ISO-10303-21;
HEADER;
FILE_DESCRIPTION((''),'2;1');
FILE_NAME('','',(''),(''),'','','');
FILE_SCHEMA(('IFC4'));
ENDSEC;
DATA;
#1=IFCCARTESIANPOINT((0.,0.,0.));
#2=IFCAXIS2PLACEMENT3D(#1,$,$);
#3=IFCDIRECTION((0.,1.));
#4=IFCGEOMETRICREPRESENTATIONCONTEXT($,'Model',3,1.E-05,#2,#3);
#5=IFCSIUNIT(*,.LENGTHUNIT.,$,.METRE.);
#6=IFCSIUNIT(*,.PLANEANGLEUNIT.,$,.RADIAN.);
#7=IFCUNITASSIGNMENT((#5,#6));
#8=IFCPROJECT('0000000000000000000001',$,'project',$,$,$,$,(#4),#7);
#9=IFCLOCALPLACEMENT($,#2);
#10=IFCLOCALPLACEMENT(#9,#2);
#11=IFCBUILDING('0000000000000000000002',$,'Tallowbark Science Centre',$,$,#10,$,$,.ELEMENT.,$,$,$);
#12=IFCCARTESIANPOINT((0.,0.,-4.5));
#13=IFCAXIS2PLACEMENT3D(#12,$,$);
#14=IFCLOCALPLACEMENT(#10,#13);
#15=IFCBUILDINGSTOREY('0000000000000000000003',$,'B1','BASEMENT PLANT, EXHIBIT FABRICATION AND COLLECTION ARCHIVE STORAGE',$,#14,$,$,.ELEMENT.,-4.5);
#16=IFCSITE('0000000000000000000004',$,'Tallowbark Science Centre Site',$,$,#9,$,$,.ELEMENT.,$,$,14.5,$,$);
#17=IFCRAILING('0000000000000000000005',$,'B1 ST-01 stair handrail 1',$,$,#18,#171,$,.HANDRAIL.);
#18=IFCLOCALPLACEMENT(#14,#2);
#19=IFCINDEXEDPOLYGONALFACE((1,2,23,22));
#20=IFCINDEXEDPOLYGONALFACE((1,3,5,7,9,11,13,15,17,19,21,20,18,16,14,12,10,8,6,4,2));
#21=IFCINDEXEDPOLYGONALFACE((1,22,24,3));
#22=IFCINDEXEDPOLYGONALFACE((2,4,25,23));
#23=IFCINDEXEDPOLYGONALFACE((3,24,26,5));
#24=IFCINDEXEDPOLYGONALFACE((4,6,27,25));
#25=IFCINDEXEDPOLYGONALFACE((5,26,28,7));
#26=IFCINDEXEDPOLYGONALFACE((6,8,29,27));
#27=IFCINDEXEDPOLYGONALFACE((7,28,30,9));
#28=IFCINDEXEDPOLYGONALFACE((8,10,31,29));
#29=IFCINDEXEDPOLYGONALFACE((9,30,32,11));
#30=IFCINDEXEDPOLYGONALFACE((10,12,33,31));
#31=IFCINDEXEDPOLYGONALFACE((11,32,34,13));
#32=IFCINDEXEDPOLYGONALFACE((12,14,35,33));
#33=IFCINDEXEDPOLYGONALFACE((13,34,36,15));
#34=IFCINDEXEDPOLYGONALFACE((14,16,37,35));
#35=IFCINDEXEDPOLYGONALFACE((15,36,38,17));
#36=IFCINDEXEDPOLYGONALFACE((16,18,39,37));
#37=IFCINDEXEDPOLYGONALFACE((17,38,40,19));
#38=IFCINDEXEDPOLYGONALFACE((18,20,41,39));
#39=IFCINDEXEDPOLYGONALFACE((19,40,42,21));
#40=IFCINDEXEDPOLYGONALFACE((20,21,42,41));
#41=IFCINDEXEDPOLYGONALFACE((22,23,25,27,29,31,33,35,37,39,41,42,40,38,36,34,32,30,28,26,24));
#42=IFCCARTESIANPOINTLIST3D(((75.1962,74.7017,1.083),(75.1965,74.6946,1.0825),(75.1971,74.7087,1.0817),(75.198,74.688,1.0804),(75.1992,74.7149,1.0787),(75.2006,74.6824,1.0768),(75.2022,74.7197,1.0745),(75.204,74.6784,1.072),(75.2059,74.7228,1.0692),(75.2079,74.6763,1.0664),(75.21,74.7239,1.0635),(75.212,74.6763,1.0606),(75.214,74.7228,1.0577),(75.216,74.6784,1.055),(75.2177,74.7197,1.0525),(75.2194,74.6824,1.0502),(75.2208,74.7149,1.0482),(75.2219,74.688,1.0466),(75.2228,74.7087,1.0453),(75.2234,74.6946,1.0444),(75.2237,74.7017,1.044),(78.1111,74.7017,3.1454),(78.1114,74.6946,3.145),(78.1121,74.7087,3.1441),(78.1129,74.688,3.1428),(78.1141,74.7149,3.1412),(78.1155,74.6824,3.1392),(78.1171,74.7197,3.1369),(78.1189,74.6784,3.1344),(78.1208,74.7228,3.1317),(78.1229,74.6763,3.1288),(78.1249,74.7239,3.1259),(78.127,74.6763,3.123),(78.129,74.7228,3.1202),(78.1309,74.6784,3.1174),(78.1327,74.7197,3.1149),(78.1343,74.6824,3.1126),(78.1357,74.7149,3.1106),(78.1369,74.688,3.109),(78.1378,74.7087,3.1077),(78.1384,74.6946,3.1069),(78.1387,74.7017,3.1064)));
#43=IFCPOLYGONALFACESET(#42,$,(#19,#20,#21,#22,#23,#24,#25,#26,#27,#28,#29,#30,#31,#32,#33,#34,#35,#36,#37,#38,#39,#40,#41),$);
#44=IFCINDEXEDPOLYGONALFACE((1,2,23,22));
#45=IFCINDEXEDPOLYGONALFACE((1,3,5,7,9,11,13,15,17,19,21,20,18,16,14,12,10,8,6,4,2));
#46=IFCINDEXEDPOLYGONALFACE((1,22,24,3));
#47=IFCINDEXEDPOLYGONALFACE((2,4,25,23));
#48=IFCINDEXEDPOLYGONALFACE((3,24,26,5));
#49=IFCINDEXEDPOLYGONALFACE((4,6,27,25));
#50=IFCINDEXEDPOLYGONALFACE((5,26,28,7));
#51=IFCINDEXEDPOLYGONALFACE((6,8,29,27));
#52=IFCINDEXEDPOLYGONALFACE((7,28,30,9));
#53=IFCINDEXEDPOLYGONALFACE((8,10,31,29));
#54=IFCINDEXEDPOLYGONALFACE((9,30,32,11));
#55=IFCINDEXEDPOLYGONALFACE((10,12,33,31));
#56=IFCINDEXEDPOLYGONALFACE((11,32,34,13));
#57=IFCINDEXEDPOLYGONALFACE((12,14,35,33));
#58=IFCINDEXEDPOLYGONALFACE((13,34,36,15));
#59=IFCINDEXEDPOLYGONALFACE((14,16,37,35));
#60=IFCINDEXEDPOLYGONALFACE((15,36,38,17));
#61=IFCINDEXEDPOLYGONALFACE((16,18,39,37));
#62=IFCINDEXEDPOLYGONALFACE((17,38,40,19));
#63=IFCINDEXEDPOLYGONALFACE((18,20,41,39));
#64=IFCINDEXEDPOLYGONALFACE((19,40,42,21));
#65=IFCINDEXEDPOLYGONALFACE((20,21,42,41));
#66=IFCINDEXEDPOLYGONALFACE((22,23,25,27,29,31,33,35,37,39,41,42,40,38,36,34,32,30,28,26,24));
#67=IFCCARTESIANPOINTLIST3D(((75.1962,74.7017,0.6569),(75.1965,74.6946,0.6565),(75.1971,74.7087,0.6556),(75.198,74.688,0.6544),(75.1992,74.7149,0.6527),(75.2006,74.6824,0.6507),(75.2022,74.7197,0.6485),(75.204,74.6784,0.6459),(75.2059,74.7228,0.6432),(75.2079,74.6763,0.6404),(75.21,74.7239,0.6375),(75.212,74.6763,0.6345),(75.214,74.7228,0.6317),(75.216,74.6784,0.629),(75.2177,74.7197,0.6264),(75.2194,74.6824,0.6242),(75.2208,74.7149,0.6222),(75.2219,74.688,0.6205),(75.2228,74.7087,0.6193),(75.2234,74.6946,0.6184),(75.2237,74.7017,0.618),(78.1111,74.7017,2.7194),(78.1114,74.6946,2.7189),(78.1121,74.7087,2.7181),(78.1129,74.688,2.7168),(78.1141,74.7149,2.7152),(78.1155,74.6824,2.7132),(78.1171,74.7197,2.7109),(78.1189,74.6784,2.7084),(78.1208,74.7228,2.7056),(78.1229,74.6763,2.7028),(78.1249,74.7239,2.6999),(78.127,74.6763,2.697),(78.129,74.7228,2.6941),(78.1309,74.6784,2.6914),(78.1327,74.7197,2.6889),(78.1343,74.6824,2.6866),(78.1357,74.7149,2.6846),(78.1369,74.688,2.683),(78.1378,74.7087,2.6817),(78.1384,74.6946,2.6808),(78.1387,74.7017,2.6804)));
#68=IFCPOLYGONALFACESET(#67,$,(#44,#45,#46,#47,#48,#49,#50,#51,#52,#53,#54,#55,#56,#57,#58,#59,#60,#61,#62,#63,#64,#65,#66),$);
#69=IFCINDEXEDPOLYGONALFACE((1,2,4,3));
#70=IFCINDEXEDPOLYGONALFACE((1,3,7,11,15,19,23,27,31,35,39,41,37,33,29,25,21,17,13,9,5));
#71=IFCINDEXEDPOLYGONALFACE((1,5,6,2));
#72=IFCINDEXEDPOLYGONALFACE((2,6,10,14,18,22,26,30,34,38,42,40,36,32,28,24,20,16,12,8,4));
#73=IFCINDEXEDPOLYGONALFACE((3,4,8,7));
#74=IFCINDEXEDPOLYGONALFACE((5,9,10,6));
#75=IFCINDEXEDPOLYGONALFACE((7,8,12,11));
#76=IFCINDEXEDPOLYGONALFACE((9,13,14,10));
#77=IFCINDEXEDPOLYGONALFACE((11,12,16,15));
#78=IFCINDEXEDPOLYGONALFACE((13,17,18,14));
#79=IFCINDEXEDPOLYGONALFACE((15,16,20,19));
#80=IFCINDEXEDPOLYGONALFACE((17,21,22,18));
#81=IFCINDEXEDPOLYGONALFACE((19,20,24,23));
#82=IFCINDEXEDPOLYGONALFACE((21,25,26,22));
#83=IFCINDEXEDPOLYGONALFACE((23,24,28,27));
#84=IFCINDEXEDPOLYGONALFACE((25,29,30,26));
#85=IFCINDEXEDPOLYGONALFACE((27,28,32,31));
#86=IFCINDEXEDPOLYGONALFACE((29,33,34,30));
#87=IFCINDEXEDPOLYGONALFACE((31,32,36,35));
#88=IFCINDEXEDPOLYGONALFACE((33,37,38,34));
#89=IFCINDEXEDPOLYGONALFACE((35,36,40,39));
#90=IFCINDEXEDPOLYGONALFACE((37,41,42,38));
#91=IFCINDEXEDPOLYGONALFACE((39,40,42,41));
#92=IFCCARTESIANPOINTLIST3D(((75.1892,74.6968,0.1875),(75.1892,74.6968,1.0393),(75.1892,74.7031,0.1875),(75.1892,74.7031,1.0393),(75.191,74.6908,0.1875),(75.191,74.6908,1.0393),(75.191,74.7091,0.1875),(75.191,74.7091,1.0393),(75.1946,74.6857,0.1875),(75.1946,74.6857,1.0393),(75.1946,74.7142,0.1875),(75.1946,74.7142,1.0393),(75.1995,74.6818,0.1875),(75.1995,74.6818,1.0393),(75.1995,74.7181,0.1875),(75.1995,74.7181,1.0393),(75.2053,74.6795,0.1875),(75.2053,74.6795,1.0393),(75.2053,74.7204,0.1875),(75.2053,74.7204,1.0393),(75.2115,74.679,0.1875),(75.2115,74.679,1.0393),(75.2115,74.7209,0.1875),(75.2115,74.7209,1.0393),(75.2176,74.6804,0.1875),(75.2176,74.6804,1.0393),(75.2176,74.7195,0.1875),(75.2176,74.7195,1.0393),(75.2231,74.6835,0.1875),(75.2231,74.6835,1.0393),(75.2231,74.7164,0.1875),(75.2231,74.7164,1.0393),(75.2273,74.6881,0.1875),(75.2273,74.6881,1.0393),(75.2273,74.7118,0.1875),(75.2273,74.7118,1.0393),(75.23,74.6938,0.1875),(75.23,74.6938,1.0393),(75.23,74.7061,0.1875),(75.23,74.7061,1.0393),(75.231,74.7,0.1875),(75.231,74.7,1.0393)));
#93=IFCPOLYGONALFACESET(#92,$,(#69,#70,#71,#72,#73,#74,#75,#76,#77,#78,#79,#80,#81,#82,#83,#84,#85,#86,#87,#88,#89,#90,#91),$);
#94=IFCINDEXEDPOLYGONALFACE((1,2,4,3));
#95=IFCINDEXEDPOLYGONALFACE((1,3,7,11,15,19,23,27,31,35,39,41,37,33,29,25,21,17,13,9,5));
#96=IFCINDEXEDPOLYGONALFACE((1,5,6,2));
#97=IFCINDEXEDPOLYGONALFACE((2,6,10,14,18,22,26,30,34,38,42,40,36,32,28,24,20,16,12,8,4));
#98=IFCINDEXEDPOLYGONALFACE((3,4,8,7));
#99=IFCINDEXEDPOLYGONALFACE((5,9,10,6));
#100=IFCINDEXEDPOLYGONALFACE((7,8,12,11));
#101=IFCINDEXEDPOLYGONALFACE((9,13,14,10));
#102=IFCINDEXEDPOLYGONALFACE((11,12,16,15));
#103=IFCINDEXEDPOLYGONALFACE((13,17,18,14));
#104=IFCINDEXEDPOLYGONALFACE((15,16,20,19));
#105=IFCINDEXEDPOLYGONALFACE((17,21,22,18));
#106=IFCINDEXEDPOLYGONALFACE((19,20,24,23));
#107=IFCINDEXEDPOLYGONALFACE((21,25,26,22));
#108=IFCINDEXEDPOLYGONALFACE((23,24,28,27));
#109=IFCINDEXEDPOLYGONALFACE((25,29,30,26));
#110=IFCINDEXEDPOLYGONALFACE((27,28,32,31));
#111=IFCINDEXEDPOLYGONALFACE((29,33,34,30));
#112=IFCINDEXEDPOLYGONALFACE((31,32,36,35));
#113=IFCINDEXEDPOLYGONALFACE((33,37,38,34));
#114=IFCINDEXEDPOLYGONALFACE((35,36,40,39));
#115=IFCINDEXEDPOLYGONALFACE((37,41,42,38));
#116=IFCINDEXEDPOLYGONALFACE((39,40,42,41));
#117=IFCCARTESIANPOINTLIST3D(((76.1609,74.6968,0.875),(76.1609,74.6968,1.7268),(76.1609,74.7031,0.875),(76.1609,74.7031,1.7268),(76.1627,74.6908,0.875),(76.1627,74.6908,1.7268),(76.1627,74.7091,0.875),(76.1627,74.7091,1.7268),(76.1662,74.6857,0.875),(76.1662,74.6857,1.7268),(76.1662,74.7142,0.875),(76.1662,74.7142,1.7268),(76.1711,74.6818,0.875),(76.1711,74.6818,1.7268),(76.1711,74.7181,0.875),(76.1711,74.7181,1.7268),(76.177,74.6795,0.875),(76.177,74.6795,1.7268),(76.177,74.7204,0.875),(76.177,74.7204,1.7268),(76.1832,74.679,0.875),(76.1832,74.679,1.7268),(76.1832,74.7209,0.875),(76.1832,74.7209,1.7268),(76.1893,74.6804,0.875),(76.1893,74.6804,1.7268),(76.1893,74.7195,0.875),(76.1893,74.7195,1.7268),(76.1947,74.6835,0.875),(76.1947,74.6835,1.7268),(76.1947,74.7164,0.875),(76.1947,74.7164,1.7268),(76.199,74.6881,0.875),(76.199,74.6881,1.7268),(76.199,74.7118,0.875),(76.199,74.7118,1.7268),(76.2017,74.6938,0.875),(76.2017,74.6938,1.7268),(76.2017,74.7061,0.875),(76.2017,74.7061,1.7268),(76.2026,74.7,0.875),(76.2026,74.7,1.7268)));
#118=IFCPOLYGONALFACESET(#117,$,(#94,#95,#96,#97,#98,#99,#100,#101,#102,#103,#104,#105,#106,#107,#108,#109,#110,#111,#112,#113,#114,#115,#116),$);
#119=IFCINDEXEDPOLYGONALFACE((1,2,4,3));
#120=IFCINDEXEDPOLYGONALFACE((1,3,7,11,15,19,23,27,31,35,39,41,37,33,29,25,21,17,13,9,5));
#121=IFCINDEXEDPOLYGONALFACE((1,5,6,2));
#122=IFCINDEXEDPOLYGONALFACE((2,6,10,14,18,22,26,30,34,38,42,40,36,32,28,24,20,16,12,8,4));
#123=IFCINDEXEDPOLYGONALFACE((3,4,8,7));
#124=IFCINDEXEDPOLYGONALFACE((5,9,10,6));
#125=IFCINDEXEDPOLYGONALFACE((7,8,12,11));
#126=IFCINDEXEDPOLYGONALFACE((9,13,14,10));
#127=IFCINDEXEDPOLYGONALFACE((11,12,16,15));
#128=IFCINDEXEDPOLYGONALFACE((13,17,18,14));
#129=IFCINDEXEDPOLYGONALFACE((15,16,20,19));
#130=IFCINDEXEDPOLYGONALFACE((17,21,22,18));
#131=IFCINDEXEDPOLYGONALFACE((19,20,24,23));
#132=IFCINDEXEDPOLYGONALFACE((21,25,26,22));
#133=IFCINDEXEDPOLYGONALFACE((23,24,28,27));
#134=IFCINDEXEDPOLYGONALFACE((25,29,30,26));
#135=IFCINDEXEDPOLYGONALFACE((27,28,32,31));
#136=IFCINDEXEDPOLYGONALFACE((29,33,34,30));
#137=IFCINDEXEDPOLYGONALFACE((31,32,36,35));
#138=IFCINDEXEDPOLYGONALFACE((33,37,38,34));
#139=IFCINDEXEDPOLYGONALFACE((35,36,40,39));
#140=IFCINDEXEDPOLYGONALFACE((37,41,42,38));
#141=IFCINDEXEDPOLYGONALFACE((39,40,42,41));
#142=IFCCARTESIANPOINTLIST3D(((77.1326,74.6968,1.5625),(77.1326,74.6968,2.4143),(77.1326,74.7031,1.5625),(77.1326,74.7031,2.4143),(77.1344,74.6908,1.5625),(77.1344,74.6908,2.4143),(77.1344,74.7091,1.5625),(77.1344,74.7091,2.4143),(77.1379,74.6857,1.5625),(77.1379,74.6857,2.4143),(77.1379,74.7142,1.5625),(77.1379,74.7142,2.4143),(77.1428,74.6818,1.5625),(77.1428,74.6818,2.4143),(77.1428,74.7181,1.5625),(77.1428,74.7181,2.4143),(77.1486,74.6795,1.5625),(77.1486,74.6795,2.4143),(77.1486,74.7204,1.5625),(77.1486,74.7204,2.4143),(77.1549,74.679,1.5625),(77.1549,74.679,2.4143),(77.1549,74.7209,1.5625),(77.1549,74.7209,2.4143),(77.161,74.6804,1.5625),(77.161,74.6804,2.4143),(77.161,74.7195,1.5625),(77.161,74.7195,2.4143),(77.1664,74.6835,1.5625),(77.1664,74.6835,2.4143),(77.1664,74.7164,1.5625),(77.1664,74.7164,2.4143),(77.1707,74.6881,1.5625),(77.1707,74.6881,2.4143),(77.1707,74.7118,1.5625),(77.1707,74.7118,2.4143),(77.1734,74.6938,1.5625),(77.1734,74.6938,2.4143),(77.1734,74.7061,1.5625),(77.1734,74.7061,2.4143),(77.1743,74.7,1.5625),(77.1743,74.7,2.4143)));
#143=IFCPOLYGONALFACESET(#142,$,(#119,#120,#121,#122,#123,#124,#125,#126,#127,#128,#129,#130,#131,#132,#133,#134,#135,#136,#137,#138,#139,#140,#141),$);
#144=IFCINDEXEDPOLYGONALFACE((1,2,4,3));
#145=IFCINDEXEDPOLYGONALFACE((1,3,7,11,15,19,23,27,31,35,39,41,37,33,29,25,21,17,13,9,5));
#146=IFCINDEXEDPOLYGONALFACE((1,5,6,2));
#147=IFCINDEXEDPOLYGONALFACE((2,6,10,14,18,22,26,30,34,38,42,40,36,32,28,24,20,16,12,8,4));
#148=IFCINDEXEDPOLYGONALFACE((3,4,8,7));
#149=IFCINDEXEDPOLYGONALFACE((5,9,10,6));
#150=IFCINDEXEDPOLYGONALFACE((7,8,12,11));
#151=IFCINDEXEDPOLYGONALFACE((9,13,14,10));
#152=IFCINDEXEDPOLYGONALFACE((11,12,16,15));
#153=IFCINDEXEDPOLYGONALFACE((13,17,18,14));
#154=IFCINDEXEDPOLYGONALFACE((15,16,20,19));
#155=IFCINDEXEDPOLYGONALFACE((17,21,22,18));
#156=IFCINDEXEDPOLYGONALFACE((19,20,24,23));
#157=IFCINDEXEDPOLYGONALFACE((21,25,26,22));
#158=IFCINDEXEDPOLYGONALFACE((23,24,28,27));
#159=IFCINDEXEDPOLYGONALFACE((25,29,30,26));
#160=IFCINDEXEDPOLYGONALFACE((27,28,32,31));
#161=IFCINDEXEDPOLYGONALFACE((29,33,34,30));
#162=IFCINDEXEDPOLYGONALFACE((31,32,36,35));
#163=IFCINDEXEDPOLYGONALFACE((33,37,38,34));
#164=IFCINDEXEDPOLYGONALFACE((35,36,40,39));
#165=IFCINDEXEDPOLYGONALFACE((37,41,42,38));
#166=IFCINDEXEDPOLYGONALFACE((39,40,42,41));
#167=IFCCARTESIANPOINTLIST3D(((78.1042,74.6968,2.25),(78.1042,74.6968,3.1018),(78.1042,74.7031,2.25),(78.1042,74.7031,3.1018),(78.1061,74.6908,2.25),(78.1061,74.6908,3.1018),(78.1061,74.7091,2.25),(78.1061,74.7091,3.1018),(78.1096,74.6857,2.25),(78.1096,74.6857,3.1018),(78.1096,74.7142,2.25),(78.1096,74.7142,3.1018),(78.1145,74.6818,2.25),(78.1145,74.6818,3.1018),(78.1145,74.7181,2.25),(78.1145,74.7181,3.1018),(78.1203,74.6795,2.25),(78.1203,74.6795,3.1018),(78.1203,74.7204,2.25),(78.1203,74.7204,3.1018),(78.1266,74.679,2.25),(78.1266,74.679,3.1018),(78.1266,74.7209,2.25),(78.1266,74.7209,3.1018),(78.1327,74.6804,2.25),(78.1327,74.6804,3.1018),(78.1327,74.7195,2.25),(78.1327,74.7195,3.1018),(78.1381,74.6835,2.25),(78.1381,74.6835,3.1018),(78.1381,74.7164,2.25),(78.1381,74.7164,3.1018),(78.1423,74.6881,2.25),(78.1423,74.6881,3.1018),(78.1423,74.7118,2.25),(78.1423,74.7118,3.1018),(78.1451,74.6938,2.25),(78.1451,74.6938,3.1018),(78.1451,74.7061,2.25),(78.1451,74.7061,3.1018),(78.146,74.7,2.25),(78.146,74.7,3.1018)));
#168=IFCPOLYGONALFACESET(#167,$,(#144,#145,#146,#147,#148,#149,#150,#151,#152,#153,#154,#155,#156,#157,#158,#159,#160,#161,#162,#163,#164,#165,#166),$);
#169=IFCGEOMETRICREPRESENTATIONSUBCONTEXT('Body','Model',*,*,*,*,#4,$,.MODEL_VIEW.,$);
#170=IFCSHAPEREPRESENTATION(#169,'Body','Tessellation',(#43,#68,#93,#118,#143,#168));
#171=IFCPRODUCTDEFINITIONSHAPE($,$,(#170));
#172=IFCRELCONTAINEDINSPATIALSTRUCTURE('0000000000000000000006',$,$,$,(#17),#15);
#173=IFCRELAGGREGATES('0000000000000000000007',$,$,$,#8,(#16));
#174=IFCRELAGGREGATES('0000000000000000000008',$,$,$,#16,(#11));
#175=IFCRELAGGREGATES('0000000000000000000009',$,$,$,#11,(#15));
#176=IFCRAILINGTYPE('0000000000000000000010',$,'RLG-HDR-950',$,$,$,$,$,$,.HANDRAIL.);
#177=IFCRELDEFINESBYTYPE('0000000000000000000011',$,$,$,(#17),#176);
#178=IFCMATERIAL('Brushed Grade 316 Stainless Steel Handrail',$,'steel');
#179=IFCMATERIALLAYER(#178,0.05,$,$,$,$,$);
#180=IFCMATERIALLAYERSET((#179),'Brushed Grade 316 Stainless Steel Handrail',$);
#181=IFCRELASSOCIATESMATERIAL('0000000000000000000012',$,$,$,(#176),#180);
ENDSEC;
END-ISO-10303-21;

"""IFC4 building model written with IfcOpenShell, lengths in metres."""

from ifc_helpers import new_model, si_unit, direction, frame, origin, origin_2d, place, context, subcontext, project, spatial, circle, extrude, material, layer, layer_set, type_object, element, save


model = new_model("IFC4")

# Units and contexts
model_context = context("Model", 3, precision=1e-05, world=origin(), true_north=direction((0.0, 1.0)))
body_context = subcontext(model_context, "Body", "Model", "MODEL_VIEW")
ifc_project = project(units=[si_unit("LENGTHUNIT", "METRE"), si_unit("PLANEANGLEUNIT", "RADIAN")], contexts=[model_context])

# Site, building, storey
site_placement = place(None, origin())
site = spatial("IfcSite", under=ifc_project, at=site_placement, Name="Tallowbark Science Centre Site", CompositionType="ELEMENT", RefElevation=14.5)
building_placement = place(site_placement, origin())
building = spatial("IfcBuilding", under=site, at=building_placement, Name="Tallowbark Science Centre", CompositionType="ELEMENT")
storey_placement = place(building_placement, frame((0.0, 0.0, -4.5)))
storey = spatial("IfcBuildingStorey", under=building, at=storey_placement, Name="B1", Description="BASEMENT PLANT, EXHIBIT FABRICATION AND COLLECTION ARCHIVE STORAGE", CompositionType="ELEMENT", Elevation=-4.5)

# Railing
ifc_material_1 = material(Name="Brushed Grade 316 Stainless Steel Handrail", Category="steel")
ifc_layer_1 = layer(ifc_material_1, 0.05)
ifc_layer_set_1 = layer_set([ifc_layer_1], Name="Brushed Grade 316 Stainless Steel Handrail")
railing_type_1 = type_object("IfcRailingType", Name="RLG-HDR-950", PredefinedType="HANDRAIL", material=ifc_layer_set_1)
railing_1_placement = place(storey_placement, frame((75.21, 74.7, 0.1875)))
element("IfcRailing", 1, at=railing_1_placement, inside=storey, type_object=railing_type_1, Name="B1 ST-01 stair handrail 1", PredefinedType="HANDRAIL", context=body_context, shape_type="SweptSolid", body=[
    extrude(circle(Radius=0.0239, at=origin_2d()), frame((0.0, 0.0, 0.876), z_axis=(0.816331, 0.0, 0.577585), x_axis=(0.0, 1.0, 0.0)), (0.0, 0.0, 1.0), 3.5708),
    extrude(circle(Radius=0.0239, at=origin_2d()), frame((0.0, 0.0, 0.45), z_axis=(0.816331, 0.0, 0.577585), x_axis=(0.0, 1.0, 0.0)), (0.0, 0.0, 1.0), 3.5708),
    extrude(circle(Radius=0.021, at=origin_2d()), origin(), (0.0, 0.0, 1.0), 0.8518),
    extrude(circle(Radius=0.021, at=origin_2d()), frame((0.9717, 0.0, 0.6875)), (0.0, 0.0, 1.0), 0.8518),
    extrude(circle(Radius=0.021, at=origin_2d()), frame((1.9434, 0.0, 1.375)), (0.0, 0.0, 1.0), 0.8518),
    extrude(circle(Radius=0.021, at=origin_2d()), frame((2.915, 0.0, 2.0625)), (0.0, 0.0, 1.0), 0.8518),
])

save(model, "model.ifc")
